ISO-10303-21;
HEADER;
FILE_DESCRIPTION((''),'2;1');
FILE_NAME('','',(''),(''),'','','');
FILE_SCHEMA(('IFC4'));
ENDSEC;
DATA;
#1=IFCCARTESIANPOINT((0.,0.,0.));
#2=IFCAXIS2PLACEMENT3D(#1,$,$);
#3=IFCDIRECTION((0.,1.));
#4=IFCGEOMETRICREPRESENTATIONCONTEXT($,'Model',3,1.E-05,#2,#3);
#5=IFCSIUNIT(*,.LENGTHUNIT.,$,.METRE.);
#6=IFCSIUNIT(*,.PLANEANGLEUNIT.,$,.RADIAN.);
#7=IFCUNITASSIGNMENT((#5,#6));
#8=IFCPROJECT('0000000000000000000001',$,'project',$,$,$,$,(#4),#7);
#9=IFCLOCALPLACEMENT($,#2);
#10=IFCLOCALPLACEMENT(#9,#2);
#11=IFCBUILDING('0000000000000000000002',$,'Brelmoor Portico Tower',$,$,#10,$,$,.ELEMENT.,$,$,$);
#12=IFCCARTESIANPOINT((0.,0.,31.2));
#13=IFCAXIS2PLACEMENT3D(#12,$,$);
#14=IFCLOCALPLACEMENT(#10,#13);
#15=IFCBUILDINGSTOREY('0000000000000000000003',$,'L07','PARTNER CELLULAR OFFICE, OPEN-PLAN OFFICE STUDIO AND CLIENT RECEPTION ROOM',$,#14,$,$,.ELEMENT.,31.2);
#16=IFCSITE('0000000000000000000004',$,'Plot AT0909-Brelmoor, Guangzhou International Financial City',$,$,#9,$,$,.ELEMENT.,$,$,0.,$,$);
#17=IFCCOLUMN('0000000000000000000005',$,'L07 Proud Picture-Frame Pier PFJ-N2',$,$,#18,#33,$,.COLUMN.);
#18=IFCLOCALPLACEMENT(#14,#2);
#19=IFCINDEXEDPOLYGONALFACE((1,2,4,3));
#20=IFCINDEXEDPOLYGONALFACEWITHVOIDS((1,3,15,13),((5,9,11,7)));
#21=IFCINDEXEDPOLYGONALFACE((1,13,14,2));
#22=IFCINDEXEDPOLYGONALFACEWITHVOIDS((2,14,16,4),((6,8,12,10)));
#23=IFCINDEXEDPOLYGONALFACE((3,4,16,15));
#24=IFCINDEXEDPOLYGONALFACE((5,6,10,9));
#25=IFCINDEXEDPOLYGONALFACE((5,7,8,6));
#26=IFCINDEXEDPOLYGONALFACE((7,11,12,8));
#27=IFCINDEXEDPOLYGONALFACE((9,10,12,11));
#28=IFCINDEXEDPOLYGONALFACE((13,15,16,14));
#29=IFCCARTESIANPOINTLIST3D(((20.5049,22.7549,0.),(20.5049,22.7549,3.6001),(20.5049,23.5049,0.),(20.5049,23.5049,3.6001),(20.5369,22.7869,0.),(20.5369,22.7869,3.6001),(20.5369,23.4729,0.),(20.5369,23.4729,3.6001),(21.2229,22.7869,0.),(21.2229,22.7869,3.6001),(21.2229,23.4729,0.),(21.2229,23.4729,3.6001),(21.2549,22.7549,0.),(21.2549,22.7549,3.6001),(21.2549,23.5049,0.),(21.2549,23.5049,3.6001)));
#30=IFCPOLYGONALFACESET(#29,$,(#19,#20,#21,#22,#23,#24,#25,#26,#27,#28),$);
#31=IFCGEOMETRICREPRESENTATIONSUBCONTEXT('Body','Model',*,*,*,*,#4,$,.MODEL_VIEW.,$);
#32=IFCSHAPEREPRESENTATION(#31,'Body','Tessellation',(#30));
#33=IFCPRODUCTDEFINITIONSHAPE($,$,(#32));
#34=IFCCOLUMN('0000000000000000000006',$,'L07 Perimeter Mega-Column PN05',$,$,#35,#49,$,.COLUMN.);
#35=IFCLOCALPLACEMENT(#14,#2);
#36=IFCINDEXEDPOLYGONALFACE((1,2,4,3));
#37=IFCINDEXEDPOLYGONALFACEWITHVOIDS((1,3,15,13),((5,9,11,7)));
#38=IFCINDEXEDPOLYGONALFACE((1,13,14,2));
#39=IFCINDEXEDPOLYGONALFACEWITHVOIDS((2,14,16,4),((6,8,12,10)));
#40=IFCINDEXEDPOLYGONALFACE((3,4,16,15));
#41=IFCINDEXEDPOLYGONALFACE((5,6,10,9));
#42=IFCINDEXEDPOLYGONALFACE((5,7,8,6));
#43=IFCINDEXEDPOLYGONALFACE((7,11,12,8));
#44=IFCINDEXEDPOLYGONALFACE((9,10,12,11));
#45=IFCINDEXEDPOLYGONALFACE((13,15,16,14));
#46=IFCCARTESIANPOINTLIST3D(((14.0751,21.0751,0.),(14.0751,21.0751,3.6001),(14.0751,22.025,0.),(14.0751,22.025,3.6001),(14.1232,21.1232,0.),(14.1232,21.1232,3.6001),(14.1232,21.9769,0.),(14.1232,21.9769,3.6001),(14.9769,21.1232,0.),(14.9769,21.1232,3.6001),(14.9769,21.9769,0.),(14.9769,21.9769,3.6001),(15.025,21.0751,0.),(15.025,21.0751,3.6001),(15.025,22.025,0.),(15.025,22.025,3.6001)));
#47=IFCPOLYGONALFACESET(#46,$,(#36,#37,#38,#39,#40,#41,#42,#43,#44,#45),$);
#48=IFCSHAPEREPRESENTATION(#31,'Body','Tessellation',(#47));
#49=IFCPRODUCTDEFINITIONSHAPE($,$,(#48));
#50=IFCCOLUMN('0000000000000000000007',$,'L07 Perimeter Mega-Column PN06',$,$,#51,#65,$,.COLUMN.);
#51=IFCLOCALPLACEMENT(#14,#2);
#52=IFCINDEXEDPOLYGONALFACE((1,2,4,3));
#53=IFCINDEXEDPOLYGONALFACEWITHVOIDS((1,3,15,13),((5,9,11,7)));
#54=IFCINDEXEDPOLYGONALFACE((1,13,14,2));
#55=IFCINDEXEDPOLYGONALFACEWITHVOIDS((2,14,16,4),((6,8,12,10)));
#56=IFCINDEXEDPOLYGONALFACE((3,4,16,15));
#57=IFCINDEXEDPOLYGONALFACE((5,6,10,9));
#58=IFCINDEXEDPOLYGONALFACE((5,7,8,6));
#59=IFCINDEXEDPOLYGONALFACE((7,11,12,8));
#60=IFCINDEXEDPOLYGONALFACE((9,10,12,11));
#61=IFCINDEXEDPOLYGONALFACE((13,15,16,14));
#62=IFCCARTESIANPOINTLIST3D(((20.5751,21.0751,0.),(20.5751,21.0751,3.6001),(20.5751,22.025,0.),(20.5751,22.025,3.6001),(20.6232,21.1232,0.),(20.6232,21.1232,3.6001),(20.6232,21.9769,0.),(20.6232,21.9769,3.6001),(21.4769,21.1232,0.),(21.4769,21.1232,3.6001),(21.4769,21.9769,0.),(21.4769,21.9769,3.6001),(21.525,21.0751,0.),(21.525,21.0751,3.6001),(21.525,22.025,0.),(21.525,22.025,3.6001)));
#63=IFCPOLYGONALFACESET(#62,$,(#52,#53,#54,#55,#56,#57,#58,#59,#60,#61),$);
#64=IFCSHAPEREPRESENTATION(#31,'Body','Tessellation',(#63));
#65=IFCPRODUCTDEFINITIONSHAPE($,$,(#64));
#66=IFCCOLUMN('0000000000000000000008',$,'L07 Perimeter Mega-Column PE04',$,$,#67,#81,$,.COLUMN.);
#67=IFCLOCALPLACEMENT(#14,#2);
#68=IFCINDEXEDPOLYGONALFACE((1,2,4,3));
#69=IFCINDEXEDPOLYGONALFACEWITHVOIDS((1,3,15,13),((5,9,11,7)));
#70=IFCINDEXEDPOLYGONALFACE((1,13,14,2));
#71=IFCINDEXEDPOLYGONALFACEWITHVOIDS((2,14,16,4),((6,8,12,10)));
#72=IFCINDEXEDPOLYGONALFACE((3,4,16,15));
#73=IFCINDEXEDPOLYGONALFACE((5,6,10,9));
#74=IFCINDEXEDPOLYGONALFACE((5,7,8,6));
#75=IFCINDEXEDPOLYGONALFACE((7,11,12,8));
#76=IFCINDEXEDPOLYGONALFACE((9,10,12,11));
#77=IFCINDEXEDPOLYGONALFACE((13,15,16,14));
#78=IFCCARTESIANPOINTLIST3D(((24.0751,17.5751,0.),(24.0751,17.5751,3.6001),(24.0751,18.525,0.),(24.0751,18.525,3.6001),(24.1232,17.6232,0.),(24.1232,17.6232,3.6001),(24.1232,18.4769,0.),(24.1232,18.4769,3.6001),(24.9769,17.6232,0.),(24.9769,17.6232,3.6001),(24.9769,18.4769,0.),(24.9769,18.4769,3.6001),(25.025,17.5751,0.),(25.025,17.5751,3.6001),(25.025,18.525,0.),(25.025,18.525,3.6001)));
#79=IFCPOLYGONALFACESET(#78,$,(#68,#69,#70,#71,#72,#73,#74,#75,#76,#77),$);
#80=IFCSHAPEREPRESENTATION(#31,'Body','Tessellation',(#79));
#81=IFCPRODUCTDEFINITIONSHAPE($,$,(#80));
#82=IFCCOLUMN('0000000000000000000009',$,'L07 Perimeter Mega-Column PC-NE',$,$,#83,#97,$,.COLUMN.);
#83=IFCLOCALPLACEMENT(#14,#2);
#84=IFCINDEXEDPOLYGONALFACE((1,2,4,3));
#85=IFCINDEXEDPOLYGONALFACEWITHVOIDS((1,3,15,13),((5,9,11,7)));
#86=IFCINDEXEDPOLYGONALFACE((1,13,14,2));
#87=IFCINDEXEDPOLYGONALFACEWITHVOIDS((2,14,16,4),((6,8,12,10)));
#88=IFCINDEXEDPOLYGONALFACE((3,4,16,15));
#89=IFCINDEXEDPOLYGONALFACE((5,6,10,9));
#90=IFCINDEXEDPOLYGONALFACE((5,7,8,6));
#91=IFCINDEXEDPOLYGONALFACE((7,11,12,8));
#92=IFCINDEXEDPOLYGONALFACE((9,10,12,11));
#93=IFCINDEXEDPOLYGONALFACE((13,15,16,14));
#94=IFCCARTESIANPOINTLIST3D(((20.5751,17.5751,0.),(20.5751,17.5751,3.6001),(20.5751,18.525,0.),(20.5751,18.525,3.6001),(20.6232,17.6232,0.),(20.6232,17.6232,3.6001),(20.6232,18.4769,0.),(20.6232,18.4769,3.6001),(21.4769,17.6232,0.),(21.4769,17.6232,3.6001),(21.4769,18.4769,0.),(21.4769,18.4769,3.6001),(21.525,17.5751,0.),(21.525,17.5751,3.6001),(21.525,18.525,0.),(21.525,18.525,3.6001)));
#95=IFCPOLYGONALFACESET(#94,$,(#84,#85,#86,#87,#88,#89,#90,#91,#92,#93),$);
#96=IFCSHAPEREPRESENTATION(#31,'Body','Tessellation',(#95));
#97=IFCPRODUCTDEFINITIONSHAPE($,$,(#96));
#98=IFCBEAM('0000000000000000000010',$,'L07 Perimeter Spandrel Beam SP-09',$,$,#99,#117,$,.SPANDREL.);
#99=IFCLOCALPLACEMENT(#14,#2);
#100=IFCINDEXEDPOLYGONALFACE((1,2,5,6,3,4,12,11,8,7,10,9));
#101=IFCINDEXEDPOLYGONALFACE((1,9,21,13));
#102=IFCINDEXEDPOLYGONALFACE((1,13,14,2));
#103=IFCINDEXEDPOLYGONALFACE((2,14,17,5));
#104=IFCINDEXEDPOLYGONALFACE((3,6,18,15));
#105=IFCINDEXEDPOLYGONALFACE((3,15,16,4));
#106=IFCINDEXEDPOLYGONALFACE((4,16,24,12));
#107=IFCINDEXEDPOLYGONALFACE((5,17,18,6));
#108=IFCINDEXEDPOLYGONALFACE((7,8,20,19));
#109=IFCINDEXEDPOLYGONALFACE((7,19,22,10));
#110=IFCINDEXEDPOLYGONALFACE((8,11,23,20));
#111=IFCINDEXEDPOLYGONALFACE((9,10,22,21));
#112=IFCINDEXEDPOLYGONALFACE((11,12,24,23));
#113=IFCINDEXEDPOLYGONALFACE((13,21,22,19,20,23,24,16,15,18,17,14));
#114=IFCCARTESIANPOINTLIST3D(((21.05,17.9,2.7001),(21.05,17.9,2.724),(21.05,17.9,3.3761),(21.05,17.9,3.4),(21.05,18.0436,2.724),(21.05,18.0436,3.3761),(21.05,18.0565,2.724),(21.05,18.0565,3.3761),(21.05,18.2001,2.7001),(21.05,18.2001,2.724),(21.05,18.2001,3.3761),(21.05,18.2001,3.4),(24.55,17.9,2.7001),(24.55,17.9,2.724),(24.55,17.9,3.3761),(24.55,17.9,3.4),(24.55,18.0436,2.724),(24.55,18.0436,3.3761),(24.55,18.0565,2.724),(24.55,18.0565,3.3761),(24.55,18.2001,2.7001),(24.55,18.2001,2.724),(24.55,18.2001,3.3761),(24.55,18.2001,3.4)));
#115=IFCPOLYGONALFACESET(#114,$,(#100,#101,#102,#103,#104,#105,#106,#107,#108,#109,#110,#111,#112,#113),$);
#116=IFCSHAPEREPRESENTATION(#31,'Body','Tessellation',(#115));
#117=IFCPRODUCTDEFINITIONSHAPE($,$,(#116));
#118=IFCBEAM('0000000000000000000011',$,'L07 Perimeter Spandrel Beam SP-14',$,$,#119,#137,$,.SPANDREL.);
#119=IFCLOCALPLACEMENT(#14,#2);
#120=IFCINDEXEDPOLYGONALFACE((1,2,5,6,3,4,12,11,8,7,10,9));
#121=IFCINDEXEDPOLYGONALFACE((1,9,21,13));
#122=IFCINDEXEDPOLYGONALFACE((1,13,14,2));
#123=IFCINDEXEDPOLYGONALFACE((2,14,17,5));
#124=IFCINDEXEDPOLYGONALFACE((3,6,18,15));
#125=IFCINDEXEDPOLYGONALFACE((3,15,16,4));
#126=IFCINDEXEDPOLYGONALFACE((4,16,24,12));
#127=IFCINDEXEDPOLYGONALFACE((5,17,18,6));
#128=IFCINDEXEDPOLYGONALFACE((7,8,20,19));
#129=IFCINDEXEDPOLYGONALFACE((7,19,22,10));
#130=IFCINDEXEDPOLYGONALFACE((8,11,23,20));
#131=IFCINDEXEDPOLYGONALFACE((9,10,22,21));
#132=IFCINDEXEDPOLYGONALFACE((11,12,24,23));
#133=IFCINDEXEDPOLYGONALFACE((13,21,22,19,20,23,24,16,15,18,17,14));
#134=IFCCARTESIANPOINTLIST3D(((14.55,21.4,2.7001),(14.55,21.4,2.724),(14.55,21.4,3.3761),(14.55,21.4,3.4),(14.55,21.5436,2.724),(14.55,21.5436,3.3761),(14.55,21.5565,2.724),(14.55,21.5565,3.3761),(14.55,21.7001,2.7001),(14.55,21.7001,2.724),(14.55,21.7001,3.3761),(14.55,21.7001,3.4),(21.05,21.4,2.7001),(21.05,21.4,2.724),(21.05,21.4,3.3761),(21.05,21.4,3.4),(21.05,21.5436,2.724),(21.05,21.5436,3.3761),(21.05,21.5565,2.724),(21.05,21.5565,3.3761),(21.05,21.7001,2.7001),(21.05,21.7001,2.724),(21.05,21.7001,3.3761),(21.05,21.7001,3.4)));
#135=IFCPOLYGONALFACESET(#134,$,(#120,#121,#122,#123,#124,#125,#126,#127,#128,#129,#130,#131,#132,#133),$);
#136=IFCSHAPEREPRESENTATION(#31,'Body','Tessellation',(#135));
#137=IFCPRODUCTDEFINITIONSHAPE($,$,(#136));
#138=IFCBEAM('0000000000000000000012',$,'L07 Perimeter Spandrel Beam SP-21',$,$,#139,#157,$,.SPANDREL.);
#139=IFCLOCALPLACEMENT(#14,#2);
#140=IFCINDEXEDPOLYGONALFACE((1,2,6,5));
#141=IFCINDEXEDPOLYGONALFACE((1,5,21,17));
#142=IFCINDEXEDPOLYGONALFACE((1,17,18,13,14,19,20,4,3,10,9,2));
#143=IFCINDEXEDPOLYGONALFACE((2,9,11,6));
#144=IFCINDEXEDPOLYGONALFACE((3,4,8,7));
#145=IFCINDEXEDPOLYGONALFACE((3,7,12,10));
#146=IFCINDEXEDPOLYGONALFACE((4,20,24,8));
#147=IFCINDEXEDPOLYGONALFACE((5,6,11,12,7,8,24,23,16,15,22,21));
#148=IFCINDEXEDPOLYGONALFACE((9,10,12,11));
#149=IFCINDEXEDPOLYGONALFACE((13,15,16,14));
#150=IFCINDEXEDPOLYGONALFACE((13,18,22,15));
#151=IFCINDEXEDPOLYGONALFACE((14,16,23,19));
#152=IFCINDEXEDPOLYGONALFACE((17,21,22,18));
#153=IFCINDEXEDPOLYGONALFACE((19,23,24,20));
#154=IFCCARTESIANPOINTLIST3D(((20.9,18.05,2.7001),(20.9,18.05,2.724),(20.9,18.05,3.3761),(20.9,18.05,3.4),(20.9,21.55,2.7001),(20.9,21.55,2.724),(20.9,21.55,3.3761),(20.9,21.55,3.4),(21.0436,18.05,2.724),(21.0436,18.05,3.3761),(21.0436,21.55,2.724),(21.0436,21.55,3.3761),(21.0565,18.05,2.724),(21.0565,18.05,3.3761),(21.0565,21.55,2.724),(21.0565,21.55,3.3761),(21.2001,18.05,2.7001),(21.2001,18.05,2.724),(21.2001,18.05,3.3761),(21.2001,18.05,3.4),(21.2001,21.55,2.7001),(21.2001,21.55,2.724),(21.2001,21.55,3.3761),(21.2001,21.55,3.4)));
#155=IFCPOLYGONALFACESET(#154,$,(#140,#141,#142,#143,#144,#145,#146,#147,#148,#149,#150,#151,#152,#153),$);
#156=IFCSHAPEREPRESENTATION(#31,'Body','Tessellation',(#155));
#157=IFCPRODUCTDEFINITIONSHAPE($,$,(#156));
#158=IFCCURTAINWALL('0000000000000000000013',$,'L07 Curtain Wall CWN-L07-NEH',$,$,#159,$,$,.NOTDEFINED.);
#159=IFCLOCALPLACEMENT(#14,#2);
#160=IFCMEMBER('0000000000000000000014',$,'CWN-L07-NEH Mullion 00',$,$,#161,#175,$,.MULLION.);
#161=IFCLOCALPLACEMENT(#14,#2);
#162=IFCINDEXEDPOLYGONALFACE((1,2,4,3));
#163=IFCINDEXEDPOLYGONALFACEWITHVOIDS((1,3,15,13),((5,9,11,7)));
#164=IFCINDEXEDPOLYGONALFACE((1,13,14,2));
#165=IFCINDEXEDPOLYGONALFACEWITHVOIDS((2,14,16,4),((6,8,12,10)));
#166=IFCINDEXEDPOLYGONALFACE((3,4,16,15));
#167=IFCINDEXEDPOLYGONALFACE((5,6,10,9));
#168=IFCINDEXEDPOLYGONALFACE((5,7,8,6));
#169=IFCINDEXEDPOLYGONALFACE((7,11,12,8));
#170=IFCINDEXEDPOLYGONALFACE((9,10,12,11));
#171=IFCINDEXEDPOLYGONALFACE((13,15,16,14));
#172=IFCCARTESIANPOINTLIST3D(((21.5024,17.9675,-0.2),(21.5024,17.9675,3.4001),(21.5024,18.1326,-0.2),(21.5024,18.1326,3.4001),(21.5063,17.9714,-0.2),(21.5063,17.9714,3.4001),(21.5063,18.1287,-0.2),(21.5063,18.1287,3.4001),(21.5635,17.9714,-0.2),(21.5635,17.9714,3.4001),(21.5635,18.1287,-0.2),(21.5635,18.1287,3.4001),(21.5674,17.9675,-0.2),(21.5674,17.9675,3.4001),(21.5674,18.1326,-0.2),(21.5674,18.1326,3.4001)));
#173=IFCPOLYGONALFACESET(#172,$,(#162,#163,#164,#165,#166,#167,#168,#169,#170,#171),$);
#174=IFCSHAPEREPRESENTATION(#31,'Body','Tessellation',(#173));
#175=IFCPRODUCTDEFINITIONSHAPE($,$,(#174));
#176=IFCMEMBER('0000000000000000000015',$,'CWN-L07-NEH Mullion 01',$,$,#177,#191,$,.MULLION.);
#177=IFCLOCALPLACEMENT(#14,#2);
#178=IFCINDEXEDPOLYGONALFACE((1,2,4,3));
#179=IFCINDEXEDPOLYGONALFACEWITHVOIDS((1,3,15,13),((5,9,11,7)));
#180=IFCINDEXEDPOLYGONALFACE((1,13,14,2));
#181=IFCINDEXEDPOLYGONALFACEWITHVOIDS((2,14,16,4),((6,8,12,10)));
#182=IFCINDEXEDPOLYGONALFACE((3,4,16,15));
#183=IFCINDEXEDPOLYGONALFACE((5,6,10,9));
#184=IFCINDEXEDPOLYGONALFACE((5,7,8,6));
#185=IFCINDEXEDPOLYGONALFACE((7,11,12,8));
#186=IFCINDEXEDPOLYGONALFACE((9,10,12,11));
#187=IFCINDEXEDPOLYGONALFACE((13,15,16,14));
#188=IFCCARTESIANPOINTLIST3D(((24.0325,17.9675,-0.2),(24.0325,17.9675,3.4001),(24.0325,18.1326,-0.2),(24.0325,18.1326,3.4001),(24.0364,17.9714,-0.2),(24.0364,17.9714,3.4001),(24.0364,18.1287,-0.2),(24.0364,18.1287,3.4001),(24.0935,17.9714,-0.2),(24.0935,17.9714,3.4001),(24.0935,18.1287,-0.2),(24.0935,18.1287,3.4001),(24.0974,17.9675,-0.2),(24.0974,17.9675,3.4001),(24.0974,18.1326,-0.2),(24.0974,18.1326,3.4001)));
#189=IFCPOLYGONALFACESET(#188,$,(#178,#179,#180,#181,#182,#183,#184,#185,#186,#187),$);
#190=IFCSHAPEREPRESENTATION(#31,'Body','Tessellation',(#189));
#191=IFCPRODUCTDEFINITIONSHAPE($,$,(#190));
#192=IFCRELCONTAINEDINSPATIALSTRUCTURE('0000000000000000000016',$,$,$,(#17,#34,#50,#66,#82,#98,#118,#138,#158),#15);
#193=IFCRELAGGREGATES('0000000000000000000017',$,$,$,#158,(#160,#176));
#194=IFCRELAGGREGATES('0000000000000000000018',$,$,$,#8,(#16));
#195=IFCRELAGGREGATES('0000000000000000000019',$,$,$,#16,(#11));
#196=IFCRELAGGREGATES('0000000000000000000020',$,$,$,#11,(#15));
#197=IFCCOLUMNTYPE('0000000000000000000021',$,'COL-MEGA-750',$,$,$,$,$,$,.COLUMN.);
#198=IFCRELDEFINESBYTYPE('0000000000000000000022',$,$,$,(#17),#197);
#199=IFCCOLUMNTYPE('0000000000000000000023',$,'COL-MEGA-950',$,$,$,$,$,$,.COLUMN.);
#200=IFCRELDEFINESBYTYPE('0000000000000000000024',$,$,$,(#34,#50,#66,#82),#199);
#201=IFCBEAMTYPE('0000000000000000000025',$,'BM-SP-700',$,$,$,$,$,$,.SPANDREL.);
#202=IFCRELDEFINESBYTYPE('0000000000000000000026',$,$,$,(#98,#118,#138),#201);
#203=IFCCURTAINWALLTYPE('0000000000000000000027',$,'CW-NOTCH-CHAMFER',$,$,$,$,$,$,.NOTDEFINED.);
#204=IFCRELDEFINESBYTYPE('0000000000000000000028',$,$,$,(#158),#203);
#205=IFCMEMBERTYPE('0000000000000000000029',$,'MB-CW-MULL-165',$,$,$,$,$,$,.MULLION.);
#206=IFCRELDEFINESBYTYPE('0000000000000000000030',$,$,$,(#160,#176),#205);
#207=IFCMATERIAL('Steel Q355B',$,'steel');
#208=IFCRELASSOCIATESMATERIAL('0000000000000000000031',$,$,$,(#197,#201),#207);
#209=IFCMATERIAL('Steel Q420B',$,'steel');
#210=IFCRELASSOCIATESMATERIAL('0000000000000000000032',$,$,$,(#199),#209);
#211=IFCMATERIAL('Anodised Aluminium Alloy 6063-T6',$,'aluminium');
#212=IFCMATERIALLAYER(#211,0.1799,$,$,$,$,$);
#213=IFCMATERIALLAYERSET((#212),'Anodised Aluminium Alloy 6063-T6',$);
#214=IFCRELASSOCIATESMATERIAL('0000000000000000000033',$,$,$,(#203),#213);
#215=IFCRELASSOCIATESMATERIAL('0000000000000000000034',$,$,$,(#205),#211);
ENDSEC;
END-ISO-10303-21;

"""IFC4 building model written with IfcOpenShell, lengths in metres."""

from ifc_helpers import new_model, si_unit, direction, frame, origin, origin_2d, place, context, subcontext, project, spatial, hollow_rectangle, i_section, extrude, material, layer, layer_set, material_profile, profile_set, type_object, element, aggregate, save


model = new_model("IFC4")

# Units and contexts
model_context = context("Model", 3, precision=1e-05, world=origin(), true_north=direction((0.0, 1.0)))
body_context = subcontext(model_context, "Body", "Model", "MODEL_VIEW")
ifc_project = project(units=[si_unit("LENGTHUNIT", "METRE"), si_unit("PLANEANGLEUNIT", "RADIAN")], contexts=[model_context])

# Site, building, storey
site_placement = place(None, origin())
site = spatial("IfcSite", under=ifc_project, at=site_placement, Name="Plot AT0909-Brelmoor, Guangzhou International Financial City", CompositionType="ELEMENT", RefElevation=0.0)
building_placement = place(site_placement, origin())
building = spatial("IfcBuilding", under=site, at=building_placement, Name="Brelmoor Portico Tower", CompositionType="ELEMENT")
storey_placement = place(building_placement, frame((0.0, 0.0, 31.2)))
storey = spatial("IfcBuildingStorey", under=building, at=storey_placement, Name="L07", Description="PARTNER CELLULAR OFFICE, OPEN-PLAN OFFICE STUDIO AND CLIENT RECEPTION ROOM", CompositionType="ELEMENT", Elevation=31.2)

# Columns
ifc_material_1 = material(Name="Steel Q355B", Category="steel")
ifc_material_profile_1 = material_profile(ifc_material_1, hollow_rectangle(XDim=0.75, YDim=0.75, WallThickness=0.032, at=origin_2d()), Name="BOX 750x750x32")
ifc_profile_set_1 = profile_set([ifc_material_profile_1], Name="Steel Q355B")
column_type_1 = type_object("IfcColumnType", Name="COL-MEGA-750", PredefinedType="COLUMN", material=ifc_profile_set_1)
column_placement = place(storey_placement, frame((20.8799, 23.1299, 0.0), z_axis=(0.0, 0.0, 1.0), x_axis=(1.0, 0.0, 0.0)))
element("IfcColumn", 1, at=column_placement, inside=storey, type_object=column_type_1, Name="L07 Proud Picture-Frame Pier PFJ-N2", PredefinedType="COLUMN", context=body_context, shape_type="SweptSolid", body=[
    extrude(hollow_rectangle(XDim=0.75, YDim=0.75, WallThickness=0.032, at=origin_2d()), origin(), (0.0, 0.0, 1.0), 3.6001),
])
ifc_material_2 = material(Name="Steel Q420B", Category="steel")
ifc_material_profile_2 = material_profile(ifc_material_2, hollow_rectangle(XDim=0.95, YDim=0.95, WallThickness=0.0481, at=origin_2d()), Name="BOX 950x950x48")
ifc_profile_set_2 = profile_set([ifc_material_profile_2], Name="Steel Q420B")
column_type_2 = type_object("IfcColumnType", Name="COL-MEGA-950", PredefinedType="COLUMN", material=ifc_profile_set_2)
for number, where, z_axis, x_axis, name in (
    (2, (14.55, 21.55, 0.0), (0.0, 0.0, 1.0), (1.0, 0.0, 0.0), "L07 Perimeter Mega-Column PN05"),
    (3, (21.05, 21.55, 0.0), (0.0, 0.0, 1.0), (1.0, 0.0, 0.0), "L07 Perimeter Mega-Column PN06"),
    (4, (24.55, 18.05, 0.0), (0.0, 0.0, 1.0), (0.0, 1.0, 0.0), "L07 Perimeter Mega-Column PE04"),
    (5, (21.05, 18.05, 0.0), (0.0, 0.0, 1.0), (1.0, 0.0, 0.0), "L07 Perimeter Mega-Column PC-NE"),
):
    element("IfcColumn", number, at=place(storey_placement, frame(where, z_axis=z_axis, x_axis=x_axis)), inside=storey, type_object=column_type_2, Name=name, PredefinedType="COLUMN", context=body_context, shape_type="SweptSolid", body=[
        extrude(hollow_rectangle(XDim=0.95, YDim=0.95, WallThickness=0.0481, at=origin_2d()), origin(), (0.0, 0.0, 1.0), 3.6001),
    ])

# Beams
ifc_material_profile_3 = material_profile(ifc_material_1, i_section(OverallWidth=0.3, OverallDepth=0.7, WebThickness=0.0129, FlangeThickness=0.0239, at=origin_2d()), Name="HN 700x300x13x24")
ifc_profile_set_3 = profile_set([ifc_material_profile_3], Name="Steel Q355B")
beam_type = type_object("IfcBeamType", Name="BM-SP-700", PredefinedType="SPANDREL", material=ifc_profile_set_3)
beam_1_placement = place(storey_placement, frame((21.05, 18.05, 3.05), z_axis=(1.0, 0.0, 0.0), x_axis=(0.0, 1.0, 0.0)))
element("IfcBeam", 6, at=beam_1_placement, inside=storey, type_object=beam_type, Name="L07 Perimeter Spandrel Beam SP-09", PredefinedType="SPANDREL", context=body_context, shape_type="SweptSolid", body=[
    extrude(i_section(OverallWidth=0.3, OverallDepth=0.7, WebThickness=0.0129, FlangeThickness=0.0239, at=origin_2d()), origin(), (0.0, 0.0, 1.0), 3.5),
])
beam_2_placement = place(storey_placement, frame((14.55, 21.55, 3.05), z_axis=(1.0, 0.0, 0.0), x_axis=(0.0, 1.0, 0.0)))
element("IfcBeam", 7, at=beam_2_placement, inside=storey, type_object=beam_type, Name="L07 Perimeter Spandrel Beam SP-14", PredefinedType="SPANDREL", context=body_context, shape_type="SweptSolid", body=[
    extrude(i_section(OverallWidth=0.3, OverallDepth=0.7, WebThickness=0.0129, FlangeThickness=0.0239, at=origin_2d()), origin(), (0.0, 0.0, 1.0), 6.5),
])
beam_3_placement = place(storey_placement, frame((21.05, 18.05, 3.05), z_axis=(0.0, 1.0, 0.0), x_axis=(-1.0, 0.0, 0.0)))
element("IfcBeam", 8, at=beam_3_placement, inside=storey, type_object=beam_type, Name="L07 Perimeter Spandrel Beam SP-21", PredefinedType="SPANDREL", context=body_context, shape_type="SweptSolid", body=[
    extrude(i_section(OverallWidth=0.3, OverallDepth=0.7, WebThickness=0.0129, FlangeThickness=0.0239, at=origin_2d()), origin(), (0.0, 0.0, 1.0), 3.5),
])

# Curtain wall, members
ifc_material_3 = material(Name="Anodised Aluminium Alloy 6063-T6", Category="aluminium")
ifc_layer_1 = layer(ifc_material_3, 0.1799)
ifc_layer_set_1 = layer_set([ifc_layer_1], Name="Anodised Aluminium Alloy 6063-T6")
curtain_wall_type = type_object("IfcCurtainWallType", Name="CW-NOTCH-CHAMFER", PredefinedType="NOTDEFINED", material=ifc_layer_set_1)
curtain_wall_1_placement = place(storey_placement, origin())
curtain_wall_1 = element("IfcCurtainWall", 9, at=curtain_wall_1_placement, inside=storey, type_object=curtain_wall_type, Name="L07 Curtain Wall CWN-L07-NEH", PredefinedType="NOTDEFINED")
ifc_material_profile_4 = material_profile(ifc_material_3, hollow_rectangle(XDim=0.0649, YDim=0.165, WallThickness=0.0039, at=origin_2d()), Name="ALU MULLION 65x165")
ifc_profile_set_4 = profile_set([ifc_material_profile_4], Name="Anodised Aluminium Alloy 6063-T6")
member_type_1 = type_object("IfcMemberType", Name="MB-CW-MULL-165", PredefinedType="MULLION", material=ifc_profile_set_4)
member_1_placement = place(storey_placement, frame((21.5349, 18.05, -0.2), z_axis=(0.0, 0.0, 1.0), x_axis=(1.0, 0.0, 0.0)))
member_1 = element("IfcMember", 10, at=member_1_placement, type_object=member_type_1, Name="CWN-L07-NEH Mullion 00", PredefinedType="MULLION", context=body_context, shape_type="SweptSolid", body=[
    extrude(hollow_rectangle(XDim=0.0649, YDim=0.165, WallThickness=0.0039, at=origin_2d()), origin(), (0.0, 0.0, 1.0), 3.6001),
])
member_2_placement = place(storey_placement, frame((24.0649, 18.05, -0.2), z_axis=(0.0, 0.0, 1.0), x_axis=(1.0, 0.0, 0.0)))
member_2 = element("IfcMember", 11, at=member_2_placement, type_object=member_type_1, Name="CWN-L07-NEH Mullion 01", PredefinedType="MULLION", context=body_context, shape_type="SweptSolid", body=[
    extrude(hollow_rectangle(XDim=0.0649, YDim=0.165, WallThickness=0.0039, at=origin_2d()), origin(), (0.0, 0.0, 1.0), 3.6001),
])

aggregate(curtain_wall_1, [member_1, member_2])

save(model, "model.ifc")
